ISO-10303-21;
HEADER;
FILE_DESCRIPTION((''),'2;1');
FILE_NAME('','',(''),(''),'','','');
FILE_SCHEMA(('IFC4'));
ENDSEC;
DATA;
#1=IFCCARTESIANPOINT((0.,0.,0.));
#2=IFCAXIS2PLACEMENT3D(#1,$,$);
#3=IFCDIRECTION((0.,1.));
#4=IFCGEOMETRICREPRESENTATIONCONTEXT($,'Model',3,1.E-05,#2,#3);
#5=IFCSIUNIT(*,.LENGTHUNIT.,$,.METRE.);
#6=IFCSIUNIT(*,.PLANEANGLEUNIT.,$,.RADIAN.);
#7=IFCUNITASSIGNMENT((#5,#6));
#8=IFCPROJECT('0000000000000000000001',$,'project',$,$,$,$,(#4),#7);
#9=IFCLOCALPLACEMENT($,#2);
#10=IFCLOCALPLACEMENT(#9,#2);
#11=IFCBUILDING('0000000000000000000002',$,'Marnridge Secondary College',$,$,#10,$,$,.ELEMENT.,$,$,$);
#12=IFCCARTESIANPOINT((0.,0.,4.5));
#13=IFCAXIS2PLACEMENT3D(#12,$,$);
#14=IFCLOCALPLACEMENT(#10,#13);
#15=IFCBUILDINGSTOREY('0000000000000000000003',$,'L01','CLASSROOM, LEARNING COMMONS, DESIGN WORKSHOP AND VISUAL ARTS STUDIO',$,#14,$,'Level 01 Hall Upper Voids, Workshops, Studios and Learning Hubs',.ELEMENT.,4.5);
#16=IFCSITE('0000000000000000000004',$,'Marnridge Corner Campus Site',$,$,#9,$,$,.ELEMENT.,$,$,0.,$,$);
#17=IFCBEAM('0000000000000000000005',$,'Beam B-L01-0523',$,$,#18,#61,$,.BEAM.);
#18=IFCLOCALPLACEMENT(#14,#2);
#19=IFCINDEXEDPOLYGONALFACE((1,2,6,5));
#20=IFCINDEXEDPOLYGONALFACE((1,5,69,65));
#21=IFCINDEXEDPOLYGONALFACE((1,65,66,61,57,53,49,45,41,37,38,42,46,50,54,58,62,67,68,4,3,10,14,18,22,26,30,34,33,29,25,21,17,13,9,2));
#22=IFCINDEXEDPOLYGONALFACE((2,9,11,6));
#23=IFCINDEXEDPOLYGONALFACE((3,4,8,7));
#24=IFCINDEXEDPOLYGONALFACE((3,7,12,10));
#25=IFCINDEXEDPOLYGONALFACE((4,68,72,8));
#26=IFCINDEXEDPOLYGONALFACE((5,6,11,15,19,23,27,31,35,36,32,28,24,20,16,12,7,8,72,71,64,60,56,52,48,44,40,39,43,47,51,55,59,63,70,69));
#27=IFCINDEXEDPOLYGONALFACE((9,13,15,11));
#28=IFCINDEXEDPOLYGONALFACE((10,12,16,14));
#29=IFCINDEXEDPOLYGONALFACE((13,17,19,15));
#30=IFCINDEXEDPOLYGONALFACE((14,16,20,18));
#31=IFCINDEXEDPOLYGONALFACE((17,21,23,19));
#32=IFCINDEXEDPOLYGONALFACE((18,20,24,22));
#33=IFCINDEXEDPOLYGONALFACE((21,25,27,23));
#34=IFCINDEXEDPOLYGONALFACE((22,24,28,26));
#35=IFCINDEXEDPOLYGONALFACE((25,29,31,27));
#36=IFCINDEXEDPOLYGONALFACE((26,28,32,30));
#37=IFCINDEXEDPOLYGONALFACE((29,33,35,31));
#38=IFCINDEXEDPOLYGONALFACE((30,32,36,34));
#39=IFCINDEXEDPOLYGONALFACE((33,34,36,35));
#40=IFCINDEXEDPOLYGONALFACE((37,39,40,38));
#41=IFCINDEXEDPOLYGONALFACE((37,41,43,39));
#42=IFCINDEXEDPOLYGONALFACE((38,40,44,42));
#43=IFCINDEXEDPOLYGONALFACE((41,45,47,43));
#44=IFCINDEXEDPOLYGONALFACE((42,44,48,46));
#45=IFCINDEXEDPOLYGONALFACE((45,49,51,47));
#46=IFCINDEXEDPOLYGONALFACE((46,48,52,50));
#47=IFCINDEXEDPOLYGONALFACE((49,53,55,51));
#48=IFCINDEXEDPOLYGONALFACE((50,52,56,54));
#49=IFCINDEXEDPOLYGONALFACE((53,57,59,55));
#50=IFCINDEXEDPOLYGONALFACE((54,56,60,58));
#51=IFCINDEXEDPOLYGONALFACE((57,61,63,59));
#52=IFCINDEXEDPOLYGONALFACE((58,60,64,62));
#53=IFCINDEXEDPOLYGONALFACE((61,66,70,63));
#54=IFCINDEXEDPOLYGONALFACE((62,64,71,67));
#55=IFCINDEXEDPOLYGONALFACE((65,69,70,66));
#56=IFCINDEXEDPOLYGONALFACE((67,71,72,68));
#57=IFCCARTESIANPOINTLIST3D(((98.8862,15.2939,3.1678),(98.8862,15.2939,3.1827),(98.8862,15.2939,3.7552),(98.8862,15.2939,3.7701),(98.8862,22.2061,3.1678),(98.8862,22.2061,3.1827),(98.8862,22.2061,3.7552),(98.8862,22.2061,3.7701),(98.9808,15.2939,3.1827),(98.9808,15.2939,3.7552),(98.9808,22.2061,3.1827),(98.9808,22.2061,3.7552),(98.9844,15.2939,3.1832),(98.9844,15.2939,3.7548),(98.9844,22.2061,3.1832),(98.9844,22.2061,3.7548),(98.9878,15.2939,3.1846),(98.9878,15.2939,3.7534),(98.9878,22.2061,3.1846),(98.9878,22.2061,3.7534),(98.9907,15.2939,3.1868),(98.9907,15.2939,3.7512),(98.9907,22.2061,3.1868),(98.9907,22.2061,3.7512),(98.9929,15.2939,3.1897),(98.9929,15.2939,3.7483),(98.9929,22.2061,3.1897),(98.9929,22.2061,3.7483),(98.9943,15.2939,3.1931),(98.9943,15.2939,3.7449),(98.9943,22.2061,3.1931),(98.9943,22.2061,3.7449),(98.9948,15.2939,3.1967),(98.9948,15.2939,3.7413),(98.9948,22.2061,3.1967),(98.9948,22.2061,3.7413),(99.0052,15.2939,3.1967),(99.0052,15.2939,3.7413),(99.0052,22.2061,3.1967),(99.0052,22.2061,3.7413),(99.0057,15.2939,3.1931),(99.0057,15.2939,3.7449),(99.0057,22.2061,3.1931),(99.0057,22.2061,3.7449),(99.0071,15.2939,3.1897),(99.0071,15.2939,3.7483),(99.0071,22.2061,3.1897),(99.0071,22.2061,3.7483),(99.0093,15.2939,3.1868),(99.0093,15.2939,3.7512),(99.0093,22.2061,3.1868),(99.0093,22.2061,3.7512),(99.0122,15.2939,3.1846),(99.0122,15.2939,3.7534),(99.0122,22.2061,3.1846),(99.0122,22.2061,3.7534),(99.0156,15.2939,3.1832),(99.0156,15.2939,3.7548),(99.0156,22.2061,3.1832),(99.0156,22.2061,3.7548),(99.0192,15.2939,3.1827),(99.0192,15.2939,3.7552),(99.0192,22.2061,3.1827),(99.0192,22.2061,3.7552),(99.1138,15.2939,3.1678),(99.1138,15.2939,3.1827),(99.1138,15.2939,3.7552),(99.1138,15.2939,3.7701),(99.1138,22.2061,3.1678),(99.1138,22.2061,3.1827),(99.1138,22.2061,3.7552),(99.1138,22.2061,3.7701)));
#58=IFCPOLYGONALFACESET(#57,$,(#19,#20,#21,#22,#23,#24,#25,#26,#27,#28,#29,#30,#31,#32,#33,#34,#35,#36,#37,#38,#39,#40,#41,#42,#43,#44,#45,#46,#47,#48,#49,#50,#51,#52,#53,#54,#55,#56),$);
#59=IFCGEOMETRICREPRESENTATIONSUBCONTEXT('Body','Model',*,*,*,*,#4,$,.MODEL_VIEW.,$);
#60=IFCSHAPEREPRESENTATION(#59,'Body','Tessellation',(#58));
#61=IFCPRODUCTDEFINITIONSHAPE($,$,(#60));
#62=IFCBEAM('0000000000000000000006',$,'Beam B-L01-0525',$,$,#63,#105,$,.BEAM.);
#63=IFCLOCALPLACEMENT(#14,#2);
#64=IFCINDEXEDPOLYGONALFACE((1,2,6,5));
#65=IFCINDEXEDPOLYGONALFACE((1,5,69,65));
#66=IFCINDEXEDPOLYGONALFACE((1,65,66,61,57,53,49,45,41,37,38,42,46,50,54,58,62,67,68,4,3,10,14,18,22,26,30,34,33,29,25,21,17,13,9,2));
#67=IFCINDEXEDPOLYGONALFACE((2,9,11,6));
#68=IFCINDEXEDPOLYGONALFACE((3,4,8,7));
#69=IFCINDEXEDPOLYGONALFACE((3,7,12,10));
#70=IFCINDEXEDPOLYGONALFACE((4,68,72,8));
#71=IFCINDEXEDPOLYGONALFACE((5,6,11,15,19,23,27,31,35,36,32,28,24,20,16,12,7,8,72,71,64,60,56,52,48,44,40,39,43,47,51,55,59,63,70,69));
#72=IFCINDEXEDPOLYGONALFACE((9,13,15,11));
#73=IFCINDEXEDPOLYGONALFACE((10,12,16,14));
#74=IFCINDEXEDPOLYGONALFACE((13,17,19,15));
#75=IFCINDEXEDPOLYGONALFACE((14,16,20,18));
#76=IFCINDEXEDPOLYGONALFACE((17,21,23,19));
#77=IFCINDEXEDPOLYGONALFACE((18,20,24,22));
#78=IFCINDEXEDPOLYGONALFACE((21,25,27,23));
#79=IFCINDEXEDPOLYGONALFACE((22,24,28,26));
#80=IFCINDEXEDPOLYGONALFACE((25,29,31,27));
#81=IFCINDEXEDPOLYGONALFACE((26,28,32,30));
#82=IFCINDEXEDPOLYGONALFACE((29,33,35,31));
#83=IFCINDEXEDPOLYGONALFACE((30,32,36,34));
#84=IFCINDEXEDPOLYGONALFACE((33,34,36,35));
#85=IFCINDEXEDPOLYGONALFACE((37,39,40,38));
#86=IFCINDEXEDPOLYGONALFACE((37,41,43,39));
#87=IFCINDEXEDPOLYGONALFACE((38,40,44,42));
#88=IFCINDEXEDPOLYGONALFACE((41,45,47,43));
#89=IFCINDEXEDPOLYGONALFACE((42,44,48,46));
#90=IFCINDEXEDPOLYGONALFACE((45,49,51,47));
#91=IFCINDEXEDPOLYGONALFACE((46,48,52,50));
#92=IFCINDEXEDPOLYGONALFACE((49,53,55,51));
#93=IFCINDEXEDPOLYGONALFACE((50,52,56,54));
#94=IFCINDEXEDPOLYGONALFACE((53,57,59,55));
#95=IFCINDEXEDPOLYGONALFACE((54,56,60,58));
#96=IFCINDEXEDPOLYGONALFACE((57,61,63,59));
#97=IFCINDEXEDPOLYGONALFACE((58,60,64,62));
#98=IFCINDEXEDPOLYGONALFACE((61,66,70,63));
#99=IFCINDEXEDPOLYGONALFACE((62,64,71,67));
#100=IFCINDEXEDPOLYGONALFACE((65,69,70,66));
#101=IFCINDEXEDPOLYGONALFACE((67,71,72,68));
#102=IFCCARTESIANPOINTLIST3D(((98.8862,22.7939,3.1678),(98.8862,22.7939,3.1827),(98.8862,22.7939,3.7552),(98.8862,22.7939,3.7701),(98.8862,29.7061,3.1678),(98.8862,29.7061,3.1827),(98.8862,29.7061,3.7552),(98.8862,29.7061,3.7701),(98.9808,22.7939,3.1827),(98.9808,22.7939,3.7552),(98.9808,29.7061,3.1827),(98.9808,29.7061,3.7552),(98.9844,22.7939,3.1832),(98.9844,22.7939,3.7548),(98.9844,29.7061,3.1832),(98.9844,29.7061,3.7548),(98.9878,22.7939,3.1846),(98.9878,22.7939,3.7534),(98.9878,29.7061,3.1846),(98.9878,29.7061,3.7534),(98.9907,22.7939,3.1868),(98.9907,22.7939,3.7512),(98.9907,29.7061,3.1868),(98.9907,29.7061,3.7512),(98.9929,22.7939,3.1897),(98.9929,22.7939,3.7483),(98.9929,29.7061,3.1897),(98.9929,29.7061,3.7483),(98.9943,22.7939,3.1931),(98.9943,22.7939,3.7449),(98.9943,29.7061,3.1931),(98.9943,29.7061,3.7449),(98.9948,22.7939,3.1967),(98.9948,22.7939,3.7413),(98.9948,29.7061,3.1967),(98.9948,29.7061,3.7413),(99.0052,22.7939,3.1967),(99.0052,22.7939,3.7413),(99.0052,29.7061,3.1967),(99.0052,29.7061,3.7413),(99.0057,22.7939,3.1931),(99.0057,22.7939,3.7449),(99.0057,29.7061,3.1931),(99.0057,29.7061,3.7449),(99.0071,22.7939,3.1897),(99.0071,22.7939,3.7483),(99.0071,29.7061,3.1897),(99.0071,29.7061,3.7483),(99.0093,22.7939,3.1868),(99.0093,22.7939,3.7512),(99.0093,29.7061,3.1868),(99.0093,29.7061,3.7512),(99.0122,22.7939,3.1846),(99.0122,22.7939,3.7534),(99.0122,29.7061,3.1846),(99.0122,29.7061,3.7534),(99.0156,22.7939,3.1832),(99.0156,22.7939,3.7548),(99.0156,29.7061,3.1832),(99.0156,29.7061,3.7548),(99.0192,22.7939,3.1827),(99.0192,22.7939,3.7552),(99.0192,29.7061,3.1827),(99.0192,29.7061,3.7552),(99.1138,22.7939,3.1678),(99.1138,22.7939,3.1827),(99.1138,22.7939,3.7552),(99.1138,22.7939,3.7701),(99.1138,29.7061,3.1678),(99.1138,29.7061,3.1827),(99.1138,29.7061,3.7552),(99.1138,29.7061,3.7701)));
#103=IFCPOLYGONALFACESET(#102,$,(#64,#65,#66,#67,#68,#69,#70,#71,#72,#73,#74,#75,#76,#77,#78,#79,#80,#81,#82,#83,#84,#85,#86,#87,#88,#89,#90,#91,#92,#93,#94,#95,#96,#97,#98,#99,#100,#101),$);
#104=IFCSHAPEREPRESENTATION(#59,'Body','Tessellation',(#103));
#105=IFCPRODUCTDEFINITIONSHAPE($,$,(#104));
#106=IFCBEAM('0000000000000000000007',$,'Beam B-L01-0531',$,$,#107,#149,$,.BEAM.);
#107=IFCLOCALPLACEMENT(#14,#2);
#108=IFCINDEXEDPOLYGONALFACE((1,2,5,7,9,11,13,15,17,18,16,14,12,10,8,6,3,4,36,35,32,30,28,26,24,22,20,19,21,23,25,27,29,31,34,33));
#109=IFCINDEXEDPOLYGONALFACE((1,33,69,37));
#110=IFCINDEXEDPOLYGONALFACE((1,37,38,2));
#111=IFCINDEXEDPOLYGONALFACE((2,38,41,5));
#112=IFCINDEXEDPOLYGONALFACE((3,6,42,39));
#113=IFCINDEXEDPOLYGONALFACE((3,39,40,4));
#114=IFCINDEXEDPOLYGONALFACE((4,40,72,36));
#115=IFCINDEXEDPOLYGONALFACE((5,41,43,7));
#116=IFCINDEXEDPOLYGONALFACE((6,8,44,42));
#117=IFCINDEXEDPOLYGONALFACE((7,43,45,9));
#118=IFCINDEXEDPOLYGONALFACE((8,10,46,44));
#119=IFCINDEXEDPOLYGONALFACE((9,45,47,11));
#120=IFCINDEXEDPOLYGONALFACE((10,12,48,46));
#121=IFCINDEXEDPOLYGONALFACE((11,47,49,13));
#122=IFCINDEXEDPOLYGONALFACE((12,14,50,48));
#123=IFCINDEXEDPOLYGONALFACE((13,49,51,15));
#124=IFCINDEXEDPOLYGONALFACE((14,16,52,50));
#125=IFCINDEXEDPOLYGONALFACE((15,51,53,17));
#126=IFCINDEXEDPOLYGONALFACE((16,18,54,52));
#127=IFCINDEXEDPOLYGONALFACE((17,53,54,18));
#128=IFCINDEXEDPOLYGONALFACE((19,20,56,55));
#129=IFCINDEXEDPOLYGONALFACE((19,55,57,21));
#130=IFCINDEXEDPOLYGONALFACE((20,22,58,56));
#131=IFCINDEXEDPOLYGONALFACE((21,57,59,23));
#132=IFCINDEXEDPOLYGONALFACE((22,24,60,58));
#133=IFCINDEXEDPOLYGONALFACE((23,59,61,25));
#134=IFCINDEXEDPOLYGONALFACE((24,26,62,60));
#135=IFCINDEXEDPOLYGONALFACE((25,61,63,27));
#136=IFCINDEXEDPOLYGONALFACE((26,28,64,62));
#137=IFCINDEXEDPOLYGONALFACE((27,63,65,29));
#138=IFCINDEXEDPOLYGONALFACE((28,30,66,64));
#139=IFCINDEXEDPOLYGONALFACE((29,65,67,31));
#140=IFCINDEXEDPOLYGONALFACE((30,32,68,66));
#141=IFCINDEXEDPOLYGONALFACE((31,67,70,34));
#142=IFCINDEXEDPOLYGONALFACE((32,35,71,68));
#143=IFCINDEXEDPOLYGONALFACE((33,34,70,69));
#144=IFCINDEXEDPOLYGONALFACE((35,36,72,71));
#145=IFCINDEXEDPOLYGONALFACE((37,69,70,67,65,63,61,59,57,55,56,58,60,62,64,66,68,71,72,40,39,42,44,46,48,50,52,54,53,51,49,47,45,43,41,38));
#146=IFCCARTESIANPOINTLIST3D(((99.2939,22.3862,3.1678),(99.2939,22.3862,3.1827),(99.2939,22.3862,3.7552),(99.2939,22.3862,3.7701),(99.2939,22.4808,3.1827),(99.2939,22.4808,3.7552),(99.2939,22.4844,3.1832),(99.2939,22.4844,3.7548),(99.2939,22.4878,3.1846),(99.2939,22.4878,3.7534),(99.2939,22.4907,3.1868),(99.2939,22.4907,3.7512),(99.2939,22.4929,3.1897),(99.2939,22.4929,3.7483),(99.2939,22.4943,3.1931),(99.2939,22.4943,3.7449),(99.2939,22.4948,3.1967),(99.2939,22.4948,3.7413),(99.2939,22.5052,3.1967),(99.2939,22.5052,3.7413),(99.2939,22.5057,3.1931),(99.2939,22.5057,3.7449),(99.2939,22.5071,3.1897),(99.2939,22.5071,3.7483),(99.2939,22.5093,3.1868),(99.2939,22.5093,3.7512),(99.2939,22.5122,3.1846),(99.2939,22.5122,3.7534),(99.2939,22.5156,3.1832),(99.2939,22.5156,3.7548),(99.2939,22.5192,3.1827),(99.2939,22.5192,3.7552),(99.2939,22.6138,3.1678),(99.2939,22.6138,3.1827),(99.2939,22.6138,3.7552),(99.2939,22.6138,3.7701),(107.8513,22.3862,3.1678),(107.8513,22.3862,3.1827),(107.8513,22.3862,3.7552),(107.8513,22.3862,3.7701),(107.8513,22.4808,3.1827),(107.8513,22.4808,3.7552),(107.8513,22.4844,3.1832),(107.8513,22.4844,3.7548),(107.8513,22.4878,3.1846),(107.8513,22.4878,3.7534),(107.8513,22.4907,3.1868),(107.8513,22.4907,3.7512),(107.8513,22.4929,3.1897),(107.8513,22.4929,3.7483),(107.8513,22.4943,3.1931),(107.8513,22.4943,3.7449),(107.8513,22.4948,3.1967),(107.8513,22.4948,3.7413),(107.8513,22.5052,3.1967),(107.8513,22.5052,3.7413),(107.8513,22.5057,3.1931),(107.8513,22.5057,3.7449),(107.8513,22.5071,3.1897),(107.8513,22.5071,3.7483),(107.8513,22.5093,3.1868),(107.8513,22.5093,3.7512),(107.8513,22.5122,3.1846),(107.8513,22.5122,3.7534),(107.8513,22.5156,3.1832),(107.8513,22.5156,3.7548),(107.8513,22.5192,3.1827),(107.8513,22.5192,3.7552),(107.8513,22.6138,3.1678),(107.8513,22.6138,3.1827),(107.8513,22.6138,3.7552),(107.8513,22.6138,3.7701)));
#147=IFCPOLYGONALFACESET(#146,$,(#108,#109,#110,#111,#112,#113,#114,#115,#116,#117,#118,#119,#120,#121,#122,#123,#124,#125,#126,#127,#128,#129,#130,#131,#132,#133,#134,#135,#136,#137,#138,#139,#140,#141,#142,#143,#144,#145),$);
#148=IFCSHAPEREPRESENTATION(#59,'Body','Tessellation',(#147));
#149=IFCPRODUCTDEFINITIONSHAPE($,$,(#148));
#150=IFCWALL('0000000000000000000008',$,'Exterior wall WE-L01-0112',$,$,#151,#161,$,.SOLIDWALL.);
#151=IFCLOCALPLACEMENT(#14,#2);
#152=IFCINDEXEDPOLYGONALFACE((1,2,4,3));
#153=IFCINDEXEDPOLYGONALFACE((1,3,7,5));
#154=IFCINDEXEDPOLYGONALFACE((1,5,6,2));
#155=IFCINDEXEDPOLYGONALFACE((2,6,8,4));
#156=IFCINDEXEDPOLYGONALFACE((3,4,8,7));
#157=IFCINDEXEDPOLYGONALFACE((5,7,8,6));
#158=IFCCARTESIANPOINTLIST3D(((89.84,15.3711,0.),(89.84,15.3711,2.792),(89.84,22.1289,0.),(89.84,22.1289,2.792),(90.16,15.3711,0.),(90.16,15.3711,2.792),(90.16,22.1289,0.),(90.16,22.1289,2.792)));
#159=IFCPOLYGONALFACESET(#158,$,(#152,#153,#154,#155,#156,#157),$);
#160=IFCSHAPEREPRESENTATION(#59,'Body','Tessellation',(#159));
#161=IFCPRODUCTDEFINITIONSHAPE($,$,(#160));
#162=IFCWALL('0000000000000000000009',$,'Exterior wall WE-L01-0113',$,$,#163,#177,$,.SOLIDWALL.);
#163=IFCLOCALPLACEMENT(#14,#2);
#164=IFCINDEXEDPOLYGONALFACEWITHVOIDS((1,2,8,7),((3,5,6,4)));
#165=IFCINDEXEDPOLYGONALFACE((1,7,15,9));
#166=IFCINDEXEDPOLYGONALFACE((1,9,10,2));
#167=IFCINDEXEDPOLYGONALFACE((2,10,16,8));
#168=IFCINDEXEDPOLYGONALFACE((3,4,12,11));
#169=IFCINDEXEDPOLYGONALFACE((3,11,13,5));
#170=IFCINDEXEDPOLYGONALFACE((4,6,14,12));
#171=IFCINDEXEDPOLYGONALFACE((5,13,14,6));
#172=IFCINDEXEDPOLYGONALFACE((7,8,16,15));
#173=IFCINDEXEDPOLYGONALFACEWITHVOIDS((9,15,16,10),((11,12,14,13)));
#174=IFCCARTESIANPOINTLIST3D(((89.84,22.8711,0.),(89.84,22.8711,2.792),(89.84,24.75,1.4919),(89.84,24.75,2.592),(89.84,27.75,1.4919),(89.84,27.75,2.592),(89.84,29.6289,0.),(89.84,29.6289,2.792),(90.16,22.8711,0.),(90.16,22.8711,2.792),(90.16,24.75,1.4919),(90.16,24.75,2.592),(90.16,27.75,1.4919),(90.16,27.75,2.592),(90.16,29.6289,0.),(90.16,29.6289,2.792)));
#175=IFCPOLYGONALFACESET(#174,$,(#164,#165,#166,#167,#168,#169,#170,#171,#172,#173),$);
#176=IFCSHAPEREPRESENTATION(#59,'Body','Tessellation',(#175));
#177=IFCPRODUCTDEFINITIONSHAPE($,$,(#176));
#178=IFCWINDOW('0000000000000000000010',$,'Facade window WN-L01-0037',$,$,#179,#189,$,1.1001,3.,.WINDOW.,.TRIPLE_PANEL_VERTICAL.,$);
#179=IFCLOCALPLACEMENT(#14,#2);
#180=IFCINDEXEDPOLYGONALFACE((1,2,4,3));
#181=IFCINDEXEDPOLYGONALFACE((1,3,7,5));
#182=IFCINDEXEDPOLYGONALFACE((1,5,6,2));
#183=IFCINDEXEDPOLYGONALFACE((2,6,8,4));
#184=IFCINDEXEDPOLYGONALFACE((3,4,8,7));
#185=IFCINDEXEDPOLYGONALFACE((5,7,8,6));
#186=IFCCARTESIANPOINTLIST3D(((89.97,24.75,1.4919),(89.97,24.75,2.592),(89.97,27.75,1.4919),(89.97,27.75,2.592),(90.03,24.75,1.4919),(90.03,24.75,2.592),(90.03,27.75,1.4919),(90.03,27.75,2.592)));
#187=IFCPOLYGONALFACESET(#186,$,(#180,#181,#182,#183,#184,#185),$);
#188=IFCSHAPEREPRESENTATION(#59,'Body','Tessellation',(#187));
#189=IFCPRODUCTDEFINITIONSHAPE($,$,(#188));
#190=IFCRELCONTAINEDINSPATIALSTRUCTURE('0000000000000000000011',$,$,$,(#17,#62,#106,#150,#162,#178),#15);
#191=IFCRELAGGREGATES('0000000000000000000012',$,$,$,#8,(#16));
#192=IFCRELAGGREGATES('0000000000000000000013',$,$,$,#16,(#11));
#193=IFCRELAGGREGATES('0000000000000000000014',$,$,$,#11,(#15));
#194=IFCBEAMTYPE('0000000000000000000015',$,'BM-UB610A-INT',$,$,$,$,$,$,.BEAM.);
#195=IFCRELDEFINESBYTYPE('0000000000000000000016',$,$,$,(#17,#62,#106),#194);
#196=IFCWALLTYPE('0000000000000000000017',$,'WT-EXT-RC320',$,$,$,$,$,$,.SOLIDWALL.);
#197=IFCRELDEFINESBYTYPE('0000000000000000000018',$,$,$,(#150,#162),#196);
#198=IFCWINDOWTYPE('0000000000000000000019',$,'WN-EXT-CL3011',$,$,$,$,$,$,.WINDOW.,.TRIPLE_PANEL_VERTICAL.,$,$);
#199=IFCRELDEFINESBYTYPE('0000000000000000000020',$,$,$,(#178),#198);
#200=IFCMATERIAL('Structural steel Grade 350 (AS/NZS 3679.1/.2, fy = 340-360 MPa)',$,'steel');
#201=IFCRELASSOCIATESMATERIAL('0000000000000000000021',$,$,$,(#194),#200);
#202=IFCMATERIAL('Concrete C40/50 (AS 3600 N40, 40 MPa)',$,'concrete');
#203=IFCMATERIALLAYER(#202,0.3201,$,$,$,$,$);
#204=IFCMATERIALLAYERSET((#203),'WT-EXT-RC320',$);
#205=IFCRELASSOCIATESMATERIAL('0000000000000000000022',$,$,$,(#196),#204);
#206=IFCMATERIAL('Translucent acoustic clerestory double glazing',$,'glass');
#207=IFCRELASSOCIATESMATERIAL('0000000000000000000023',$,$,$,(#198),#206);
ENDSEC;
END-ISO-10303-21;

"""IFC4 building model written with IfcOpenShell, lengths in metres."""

from ifc_helpers import new_model, si_unit, direction, frame, frame_2d, origin, origin_2d, place, context, subcontext, project, spatial, rectangle, i_section, extrude, material, layer, layer_set, material_profile, profile_set, type_object, element, fill, save


model = new_model("IFC4")

# Units and contexts
model_context = context("Model", 3, precision=1e-05, world=origin(), true_north=direction((0.0, 1.0)))
body_context = subcontext(model_context, "Body", "Model", "MODEL_VIEW")
ifc_project = project(units=[si_unit("LENGTHUNIT", "METRE"), si_unit("PLANEANGLEUNIT", "RADIAN")], contexts=[model_context])

# Site, building, storey
site_placement = place(None, origin())
site = spatial("IfcSite", under=ifc_project, at=site_placement, Name="Marnridge Corner Campus Site", CompositionType="ELEMENT", RefElevation=0.0)
building_placement = place(site_placement, origin())
building = spatial("IfcBuilding", under=site, at=building_placement, Name="Marnridge Secondary College", CompositionType="ELEMENT")
storey_placement = place(building_placement, frame((0.0, 0.0, 4.5)))
storey = spatial("IfcBuildingStorey", under=building, at=storey_placement, Name="L01", Description="CLASSROOM, LEARNING COMMONS, DESIGN WORKSHOP AND VISUAL ARTS STUDIO", LongName="Level 01 Hall Upper Voids, Workshops, Studios and Learning Hubs", CompositionType="ELEMENT", Elevation=4.5)

# Beams
ifc_material_1 = material(Name="Structural steel Grade 350 (AS/NZS 3679.1/.2, fy = 340-360 MPa)", Category="steel")
ifc_material_profile_1 = material_profile(ifc_material_1, i_section(OverallWidth=0.2275, OverallDepth=0.6023, WebThickness=0.0105, FlangeThickness=0.0149, FilletRadius=0.0139, at=origin_2d()), Name="610UB101")
ifc_profile_set_1 = profile_set([ifc_material_profile_1], Name="Structural steel Grade 350 (AS/NZS 3679.1/.2, fy = 340-360 MPa)")
beam_type_1 = type_object("IfcBeamType", Name="BM-UB610A-INT", PredefinedType="BEAM", material=ifc_profile_set_1)
for number, where, z_axis, x_axis, name in (
    (1, (99.0, 15.2939, 3.469), (0.0, 1.0, 0.0), (-1.0, 0.0, 0.0), "Beam B-L01-0523"),
    (2, (99.0, 22.7939, 3.469), (0.0, 1.0, 0.0), (-1.0, 0.0, 0.0), "Beam B-L01-0525"),
):
    element("IfcBeam", number, at=place(storey_placement, frame(where, z_axis=z_axis, x_axis=x_axis)), inside=storey, type_object=beam_type_1, Name=name, PredefinedType="BEAM", context=body_context, shape_type="SweptSolid", body=[
        extrude(i_section(OverallWidth=0.2275, OverallDepth=0.6023, WebThickness=0.0105, FlangeThickness=0.0149, FilletRadius=0.0139, at=origin_2d()), origin(), (0.0, 0.0, 1.0), 6.9121),
    ])
beam_1_placement = place(storey_placement, frame((99.2939, 22.5, 3.469), z_axis=(1.0, 0.0, 0.0), x_axis=(0.0, 1.0, 0.0)))
element("IfcBeam", 3, at=beam_1_placement, inside=storey, type_object=beam_type_1, Name="Beam B-L01-0531", PredefinedType="BEAM", context=body_context, shape_type="SweptSolid", body=[
    extrude(i_section(OverallWidth=0.2275, OverallDepth=0.6023, WebThickness=0.0105, FlangeThickness=0.0149, FilletRadius=0.0139, at=origin_2d()), origin(), (0.0, 0.0, 1.0), 8.5574),
])

# Wall
ifc_material_2 = material(Name="Concrete C40/50 (AS 3600 N40, 40 MPa)", Category="concrete")
ifc_layer_1 = layer(ifc_material_2, 0.3201)
ifc_layer_set_1 = layer_set([ifc_layer_1], Name="WT-EXT-RC320")
wall_type_1 = type_object("IfcWallType", Name="WT-EXT-RC320", PredefinedType="SOLIDWALL", material=ifc_layer_set_1)
wall_1_placement = place(storey_placement, frame((90.0, 15.3711, 0.0), z_axis=(0.0, 0.0, 1.0), x_axis=(0.0, 1.0, 0.0)))
element("IfcWall", 4, at=wall_1_placement, inside=storey, type_object=wall_type_1, Name="Exterior wall WE-L01-0112", PredefinedType="SOLIDWALL", context=body_context, shape_type="SweptSolid", body=[
    extrude(rectangle(XDim=6.7578, YDim=0.3201, at=frame_2d((3.3789, 0.0))), origin(), (0.0, 0.0, 1.0), 2.792),
])

# Wall, opening, window
wall_2_placement = place(storey_placement, frame((90.0, 22.8711, 0.0), z_axis=(0.0, 0.0, 1.0), x_axis=(0.0, 1.0, 0.0)))
wall_2 = element("IfcWall", 5, at=wall_2_placement, inside=storey, type_object=wall_type_1, Name="Exterior wall WE-L01-0113", PredefinedType="SOLIDWALL", context=body_context, shape_type="SweptSolid", body=[
    extrude(rectangle(XDim=6.7578, YDim=0.3201, at=frame_2d((3.3789, 0.0))), origin(), (0.0, 0.0, 1.0), 2.792),
])
opening_1_placement = place(wall_2_placement, frame((1.8789, 0.0, 1.4919)))
opening_1 = element("IfcOpeningElement", 6, at=opening_1_placement, cuts=wall_2, PredefinedType="OPENING", context=body_context, shape_type="SweptSolid", body=[
    extrude(rectangle(XDim=3.0, YDim=1.1001, at=frame_2d((1.5, 0.55))), frame((0.0, 0.1699, 0.0), z_axis=(0.0, -1.0, 0.0), x_axis=(1.0, 0.0, 0.0)), (0.0, 0.0, 1.0), 0.3401),
])
ifc_material_3 = material(Name="Translucent acoustic clerestory double glazing", Category="glass")
window_type = type_object("IfcWindowType", Name="WN-EXT-CL3011", PartitioningType="TRIPLE_PANEL_VERTICAL", PredefinedType="WINDOW", material=ifc_material_3)
window_placement = place(opening_1_placement, origin())
window = element("IfcWindow", 7, at=window_placement, inside=storey, type_object=window_type, Name="Facade window WN-L01-0037", OverallHeight=1.1001, OverallWidth=3.0, PartitioningType="TRIPLE_PANEL_VERTICAL", PredefinedType="WINDOW", context=body_context, shape_type="SweptSolid", body=[
    extrude(rectangle(XDim=3.0, YDim=1.1001, at=frame_2d((1.5, 0.55))), frame((0.0, 0.03, 0.0), z_axis=(0.0, -1.0, 0.0), x_axis=(1.0, 0.0, 0.0)), (0.0, 0.0, 1.0), 0.0601),
])
fill(opening_1, window)

save(model, "model.ifc")
